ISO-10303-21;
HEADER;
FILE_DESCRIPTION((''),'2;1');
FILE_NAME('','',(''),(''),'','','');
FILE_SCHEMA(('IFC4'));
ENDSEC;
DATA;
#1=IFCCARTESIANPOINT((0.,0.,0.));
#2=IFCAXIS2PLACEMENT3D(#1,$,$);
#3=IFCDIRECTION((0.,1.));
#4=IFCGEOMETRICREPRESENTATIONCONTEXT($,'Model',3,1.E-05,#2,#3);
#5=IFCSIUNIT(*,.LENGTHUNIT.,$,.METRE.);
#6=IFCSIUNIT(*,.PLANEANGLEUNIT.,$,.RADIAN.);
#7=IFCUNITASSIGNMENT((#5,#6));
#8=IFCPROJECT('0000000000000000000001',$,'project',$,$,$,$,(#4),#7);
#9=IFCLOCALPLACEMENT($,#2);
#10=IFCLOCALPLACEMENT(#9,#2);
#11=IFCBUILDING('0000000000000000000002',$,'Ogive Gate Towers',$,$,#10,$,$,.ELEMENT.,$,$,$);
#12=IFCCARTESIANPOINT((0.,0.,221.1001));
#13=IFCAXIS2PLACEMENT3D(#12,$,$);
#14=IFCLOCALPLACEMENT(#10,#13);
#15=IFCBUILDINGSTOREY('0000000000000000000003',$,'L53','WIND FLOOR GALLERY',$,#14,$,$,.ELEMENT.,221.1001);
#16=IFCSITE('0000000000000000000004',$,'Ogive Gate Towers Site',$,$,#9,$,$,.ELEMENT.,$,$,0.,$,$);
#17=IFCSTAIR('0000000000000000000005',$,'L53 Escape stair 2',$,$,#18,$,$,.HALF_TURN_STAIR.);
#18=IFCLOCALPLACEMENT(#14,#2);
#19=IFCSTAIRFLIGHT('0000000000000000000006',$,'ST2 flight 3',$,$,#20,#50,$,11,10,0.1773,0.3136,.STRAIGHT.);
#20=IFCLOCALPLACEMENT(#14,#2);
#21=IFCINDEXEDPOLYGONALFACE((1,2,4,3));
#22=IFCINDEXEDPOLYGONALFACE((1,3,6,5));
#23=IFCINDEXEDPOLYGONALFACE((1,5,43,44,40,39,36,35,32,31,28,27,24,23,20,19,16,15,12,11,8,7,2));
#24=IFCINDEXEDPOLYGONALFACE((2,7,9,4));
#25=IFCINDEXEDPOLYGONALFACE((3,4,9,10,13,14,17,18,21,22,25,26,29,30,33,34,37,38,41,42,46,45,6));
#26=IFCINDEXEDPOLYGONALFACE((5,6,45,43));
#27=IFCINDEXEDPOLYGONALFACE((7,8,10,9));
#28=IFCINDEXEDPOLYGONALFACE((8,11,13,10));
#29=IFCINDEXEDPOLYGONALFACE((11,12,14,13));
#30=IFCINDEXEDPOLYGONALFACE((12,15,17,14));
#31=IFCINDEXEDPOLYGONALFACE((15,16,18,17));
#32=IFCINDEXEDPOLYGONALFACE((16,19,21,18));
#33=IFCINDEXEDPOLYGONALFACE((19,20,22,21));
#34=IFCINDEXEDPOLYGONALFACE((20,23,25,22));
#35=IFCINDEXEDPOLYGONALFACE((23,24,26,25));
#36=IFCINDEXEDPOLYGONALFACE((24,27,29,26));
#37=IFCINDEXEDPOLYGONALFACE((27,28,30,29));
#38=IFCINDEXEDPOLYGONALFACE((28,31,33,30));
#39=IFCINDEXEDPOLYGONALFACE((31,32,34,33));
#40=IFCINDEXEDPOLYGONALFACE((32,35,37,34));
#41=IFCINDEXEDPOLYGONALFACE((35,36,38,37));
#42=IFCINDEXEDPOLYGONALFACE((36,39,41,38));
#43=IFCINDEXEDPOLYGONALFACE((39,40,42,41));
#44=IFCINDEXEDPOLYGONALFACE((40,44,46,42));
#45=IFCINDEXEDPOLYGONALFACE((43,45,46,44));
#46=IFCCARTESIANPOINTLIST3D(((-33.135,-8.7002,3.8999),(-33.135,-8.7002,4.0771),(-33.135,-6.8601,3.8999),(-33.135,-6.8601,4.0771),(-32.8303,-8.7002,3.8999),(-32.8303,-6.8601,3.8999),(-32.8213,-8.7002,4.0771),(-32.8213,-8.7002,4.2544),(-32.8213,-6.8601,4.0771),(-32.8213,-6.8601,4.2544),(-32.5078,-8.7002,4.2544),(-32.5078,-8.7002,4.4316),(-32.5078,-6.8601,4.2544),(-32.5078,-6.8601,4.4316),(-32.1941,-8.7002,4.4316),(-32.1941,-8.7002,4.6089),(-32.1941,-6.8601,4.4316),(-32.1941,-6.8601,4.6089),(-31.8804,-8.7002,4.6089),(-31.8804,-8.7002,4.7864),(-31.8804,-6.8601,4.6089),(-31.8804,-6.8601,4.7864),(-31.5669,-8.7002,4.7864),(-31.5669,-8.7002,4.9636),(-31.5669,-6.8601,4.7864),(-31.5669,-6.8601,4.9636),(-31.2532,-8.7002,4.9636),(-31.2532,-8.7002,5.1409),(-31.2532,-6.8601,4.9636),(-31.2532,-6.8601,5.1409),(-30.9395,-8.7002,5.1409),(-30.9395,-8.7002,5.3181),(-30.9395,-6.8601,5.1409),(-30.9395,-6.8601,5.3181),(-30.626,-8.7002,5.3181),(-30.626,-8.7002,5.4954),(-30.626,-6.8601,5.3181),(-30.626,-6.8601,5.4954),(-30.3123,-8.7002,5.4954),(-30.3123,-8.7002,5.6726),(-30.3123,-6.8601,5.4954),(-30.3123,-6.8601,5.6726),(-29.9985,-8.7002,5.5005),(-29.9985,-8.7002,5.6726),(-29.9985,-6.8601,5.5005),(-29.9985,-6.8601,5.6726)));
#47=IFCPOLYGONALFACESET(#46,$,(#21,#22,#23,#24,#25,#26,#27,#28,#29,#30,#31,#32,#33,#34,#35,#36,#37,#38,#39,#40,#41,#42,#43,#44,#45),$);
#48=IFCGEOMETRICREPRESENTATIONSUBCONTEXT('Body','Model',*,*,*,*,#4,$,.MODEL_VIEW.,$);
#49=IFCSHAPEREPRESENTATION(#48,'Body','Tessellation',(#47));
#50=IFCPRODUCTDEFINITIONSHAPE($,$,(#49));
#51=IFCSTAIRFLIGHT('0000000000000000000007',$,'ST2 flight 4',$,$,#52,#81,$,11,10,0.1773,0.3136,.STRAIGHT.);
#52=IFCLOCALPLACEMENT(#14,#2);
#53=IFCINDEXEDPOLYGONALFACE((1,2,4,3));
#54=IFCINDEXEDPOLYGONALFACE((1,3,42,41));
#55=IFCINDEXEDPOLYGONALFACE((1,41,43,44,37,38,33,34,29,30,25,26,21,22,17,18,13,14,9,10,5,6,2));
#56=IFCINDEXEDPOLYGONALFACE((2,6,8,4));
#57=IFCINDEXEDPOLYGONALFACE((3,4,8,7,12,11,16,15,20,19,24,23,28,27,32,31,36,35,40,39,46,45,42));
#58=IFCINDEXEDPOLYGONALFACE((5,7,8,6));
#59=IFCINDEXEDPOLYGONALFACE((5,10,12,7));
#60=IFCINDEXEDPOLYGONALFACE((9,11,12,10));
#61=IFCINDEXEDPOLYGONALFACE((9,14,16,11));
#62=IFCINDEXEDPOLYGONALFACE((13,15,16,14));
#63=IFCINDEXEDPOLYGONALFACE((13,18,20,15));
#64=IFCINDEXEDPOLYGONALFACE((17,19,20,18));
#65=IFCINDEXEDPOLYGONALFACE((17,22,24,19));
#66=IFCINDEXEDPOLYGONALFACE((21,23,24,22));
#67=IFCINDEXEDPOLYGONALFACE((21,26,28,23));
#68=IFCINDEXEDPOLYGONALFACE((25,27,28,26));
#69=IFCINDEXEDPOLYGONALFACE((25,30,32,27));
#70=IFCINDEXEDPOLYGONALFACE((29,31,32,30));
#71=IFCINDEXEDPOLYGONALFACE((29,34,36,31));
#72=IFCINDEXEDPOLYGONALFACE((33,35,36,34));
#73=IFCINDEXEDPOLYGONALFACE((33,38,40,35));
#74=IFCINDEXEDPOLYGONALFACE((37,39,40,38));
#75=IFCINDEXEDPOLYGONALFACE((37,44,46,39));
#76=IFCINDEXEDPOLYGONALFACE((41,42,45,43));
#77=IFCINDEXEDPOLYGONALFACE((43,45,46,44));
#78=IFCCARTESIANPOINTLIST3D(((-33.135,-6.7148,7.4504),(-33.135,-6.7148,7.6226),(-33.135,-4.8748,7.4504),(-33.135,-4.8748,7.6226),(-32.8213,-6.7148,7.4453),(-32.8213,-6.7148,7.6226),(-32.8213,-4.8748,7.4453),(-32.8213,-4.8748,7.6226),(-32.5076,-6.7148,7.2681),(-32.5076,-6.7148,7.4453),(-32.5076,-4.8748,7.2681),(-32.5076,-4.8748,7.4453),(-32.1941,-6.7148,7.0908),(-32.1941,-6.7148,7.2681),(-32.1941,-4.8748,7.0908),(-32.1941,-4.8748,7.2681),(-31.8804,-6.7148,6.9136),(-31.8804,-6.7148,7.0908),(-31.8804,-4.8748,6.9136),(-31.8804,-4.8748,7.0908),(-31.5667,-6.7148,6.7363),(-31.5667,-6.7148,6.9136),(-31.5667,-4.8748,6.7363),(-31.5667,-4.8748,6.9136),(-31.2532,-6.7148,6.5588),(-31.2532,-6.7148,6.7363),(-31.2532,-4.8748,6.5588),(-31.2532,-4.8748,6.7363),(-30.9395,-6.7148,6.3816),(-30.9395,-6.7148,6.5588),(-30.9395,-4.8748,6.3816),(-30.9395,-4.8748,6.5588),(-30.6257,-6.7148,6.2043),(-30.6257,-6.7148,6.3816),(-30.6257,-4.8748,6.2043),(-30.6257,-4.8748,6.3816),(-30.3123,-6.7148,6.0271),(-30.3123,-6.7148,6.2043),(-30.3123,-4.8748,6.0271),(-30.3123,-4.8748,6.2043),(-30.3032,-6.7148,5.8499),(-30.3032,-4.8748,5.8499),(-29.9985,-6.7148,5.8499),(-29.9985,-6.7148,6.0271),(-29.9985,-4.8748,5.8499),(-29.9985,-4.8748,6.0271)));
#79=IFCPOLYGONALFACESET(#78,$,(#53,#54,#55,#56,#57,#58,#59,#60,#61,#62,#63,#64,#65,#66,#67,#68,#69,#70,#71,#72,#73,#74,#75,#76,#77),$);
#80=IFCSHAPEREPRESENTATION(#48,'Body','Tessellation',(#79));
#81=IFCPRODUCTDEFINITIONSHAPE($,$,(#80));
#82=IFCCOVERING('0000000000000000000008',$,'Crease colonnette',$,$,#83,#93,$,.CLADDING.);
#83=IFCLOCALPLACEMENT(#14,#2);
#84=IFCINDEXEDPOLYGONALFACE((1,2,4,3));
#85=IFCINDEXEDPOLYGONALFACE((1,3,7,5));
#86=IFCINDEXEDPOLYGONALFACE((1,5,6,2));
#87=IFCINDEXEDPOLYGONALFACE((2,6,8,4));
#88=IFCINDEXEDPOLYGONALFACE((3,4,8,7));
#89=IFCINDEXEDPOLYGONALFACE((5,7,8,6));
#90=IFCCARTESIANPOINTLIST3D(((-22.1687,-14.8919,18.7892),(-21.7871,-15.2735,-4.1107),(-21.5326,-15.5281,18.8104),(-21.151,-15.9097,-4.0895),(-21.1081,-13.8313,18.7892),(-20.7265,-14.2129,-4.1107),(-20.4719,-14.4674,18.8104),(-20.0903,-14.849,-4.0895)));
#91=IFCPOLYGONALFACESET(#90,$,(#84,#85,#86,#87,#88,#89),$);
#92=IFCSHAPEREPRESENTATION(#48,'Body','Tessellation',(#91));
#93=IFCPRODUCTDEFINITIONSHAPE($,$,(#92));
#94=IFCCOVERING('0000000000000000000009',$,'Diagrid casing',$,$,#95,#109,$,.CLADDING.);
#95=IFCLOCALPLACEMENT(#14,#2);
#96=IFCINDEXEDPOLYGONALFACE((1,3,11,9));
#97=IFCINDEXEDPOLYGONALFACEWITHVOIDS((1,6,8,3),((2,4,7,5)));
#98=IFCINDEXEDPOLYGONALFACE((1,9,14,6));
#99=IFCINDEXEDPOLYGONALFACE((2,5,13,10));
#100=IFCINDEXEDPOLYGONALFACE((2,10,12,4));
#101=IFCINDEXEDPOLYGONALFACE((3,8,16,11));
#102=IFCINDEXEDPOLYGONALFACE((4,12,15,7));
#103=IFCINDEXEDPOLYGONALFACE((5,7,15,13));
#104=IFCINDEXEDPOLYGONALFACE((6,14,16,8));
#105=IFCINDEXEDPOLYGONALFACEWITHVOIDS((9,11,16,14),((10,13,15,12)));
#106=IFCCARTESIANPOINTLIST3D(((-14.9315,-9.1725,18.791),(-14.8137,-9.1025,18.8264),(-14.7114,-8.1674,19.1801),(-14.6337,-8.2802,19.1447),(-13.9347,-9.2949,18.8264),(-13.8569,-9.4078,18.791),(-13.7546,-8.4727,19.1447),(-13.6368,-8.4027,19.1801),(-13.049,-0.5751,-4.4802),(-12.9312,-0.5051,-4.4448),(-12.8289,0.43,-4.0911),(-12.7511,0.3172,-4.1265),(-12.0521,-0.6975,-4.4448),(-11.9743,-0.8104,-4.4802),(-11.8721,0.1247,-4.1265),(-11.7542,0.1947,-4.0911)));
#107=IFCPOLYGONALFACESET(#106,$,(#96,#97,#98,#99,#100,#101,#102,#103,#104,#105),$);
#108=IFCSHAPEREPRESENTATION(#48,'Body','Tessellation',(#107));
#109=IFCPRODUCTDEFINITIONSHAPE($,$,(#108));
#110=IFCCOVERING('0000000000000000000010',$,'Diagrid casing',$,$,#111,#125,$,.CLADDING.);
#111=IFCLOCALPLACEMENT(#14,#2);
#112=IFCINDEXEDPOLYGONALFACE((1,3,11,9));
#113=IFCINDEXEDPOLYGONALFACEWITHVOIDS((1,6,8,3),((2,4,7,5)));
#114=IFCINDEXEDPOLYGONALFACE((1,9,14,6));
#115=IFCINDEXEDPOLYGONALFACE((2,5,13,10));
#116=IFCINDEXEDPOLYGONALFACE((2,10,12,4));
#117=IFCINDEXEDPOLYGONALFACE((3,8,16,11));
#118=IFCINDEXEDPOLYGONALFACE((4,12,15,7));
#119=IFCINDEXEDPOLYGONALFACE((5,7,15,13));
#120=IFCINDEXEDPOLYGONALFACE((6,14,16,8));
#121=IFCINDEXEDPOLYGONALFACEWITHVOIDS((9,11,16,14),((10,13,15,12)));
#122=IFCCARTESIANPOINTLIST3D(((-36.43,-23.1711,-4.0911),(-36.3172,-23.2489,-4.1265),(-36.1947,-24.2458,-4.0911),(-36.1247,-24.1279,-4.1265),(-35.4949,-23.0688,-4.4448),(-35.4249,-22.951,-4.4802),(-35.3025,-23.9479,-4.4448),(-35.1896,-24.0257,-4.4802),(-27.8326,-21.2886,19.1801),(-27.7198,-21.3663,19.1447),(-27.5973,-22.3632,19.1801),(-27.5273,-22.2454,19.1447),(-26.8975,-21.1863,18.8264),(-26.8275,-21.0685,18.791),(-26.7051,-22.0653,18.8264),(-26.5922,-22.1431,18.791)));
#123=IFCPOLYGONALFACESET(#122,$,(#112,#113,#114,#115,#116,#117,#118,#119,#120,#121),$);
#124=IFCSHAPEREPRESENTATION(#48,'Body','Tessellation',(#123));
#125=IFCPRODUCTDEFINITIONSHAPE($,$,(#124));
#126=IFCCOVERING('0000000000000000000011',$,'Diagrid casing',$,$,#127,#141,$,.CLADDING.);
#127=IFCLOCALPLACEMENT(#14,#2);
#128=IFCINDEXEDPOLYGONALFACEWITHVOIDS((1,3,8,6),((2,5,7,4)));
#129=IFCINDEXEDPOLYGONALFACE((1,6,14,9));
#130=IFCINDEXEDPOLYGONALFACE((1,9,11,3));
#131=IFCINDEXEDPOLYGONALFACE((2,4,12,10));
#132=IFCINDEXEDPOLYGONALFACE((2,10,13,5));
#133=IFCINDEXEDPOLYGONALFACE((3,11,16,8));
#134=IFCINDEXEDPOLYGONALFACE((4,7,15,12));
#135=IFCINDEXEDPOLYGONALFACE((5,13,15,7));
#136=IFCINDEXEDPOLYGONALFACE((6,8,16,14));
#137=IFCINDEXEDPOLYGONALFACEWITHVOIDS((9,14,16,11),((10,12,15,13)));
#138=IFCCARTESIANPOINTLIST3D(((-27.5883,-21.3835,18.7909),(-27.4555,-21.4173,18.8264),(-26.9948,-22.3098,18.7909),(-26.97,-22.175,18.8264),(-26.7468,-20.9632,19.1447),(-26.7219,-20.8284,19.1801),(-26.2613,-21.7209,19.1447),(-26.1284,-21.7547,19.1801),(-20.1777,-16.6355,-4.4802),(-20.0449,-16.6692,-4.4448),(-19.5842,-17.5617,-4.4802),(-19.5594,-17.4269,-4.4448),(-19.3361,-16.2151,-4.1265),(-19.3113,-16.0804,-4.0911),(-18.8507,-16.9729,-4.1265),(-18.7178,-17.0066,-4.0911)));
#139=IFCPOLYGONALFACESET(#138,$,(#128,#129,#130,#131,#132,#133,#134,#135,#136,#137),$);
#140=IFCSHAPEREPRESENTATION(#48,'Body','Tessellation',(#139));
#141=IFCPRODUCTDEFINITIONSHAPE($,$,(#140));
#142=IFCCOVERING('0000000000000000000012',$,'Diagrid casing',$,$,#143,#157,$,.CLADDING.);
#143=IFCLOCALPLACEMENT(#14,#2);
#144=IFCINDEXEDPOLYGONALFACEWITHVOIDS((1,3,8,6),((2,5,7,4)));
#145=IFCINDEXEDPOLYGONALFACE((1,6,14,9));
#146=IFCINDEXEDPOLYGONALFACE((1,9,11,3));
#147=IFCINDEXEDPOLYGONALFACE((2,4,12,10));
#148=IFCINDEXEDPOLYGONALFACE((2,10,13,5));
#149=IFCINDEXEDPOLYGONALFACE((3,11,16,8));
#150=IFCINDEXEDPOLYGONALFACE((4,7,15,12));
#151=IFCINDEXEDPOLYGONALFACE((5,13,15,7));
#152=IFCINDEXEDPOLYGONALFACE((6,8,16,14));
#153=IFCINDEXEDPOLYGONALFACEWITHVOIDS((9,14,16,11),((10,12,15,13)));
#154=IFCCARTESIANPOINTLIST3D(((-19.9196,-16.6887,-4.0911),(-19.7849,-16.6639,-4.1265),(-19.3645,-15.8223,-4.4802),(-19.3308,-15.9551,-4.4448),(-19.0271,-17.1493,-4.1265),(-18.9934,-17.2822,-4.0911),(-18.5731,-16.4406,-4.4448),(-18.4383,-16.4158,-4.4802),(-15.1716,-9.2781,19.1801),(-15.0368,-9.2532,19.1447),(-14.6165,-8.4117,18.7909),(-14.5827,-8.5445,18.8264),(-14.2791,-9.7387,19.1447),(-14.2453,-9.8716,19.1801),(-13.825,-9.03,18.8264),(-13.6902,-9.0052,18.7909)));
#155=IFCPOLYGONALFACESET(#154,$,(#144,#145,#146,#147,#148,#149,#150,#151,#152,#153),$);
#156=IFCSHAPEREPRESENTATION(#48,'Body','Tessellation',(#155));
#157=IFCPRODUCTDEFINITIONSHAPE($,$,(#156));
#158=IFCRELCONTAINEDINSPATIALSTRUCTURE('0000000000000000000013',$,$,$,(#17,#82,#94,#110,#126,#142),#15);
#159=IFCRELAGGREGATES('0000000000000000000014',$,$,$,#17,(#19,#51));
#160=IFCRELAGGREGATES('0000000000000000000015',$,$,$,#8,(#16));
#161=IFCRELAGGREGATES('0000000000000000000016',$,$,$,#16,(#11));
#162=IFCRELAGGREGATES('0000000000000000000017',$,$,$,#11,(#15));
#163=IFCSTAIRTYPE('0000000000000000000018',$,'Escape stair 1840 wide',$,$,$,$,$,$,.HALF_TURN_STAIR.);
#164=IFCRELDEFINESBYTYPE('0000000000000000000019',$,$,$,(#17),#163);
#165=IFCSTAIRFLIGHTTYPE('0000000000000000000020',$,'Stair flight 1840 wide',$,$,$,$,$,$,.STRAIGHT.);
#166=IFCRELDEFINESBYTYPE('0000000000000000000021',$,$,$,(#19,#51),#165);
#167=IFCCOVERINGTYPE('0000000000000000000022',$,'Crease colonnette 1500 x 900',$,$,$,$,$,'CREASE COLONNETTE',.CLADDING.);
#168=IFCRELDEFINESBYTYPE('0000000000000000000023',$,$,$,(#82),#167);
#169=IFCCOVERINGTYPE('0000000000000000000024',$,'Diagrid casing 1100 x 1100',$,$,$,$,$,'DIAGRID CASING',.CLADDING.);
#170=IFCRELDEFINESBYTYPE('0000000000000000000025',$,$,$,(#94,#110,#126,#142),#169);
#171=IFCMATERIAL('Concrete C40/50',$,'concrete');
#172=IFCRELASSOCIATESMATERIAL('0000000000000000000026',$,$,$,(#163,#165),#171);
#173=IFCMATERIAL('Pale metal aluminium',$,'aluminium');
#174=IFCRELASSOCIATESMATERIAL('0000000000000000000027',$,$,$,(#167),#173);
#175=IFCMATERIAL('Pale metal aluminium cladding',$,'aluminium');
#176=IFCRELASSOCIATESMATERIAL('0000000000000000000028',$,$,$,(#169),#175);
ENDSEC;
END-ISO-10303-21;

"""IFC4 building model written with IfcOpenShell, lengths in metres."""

from ifc_helpers import new_model, si_unit, direction, frame, origin, origin_2d, place, context, subcontext, project, spatial, polyline, rectangle, hollow_rectangle, outline, extrude, material, material_profile, profile_set, type_object, element, aggregate, save


model = new_model("IFC4")

# Units and contexts
model_context = context("Model", 3, precision=1e-05, world=origin(), true_north=direction((0.0, 1.0)))
body_context = subcontext(model_context, "Body", "Model", "MODEL_VIEW")
ifc_project = project(units=[si_unit("LENGTHUNIT", "METRE"), si_unit("PLANEANGLEUNIT", "RADIAN")], contexts=[model_context])

# Site, building, storey
site_placement = place(None, origin())
site = spatial("IfcSite", under=ifc_project, at=site_placement, Name="Ogive Gate Towers Site", CompositionType="ELEMENT", RefElevation=0.0)
building_placement = place(site_placement, origin())
building = spatial("IfcBuilding", under=site, at=building_placement, Name="Ogive Gate Towers", CompositionType="ELEMENT")
storey_placement = place(building_placement, frame((0.0, 0.0, 221.1001)))
storey = spatial("IfcBuildingStorey", under=building, at=storey_placement, Name="L53", Description="WIND FLOOR GALLERY", CompositionType="ELEMENT", Elevation=221.1001)

# Shared definitions
ifc_material_1 = material(Name="Concrete C40/50", Category="concrete")

# Stair, stair flights
stair_type = type_object("IfcStairType", Name="Escape stair 1840 wide", PredefinedType="HALF_TURN_STAIR", material=ifc_material_1)
stair_placement = place(storey_placement, origin())
stair = element("IfcStair", 1, at=stair_placement, inside=storey, type_object=stair_type, Name="L53 Escape stair 2", PredefinedType="HALF_TURN_STAIR")
stair_flight_type = type_object("IfcStairFlightType", Name="Stair flight 1840 wide", PredefinedType="STRAIGHT", material=ifc_material_1)
stair_flight_1_placement = place(storey_placement, frame((-33.135, -7.78, 3.8999), z_axis=(0.0, 0.0, 1.0), x_axis=(1.0, 0.0, 0.0)))
stair_flight_1 = element("IfcStairFlight", 2, at=stair_flight_1_placement, type_object=stair_flight_type, Name="ST2 flight 3", NumberOfRisers=11, NumberOfTreads=10, PredefinedType="STRAIGHT", RiserHeight=0.1773, TreadLength=0.3136, context=body_context, shape_type="SweptSolid", body=[
    extrude(outline(polyline([(0.0, 0.0), (0.0, 0.1772), (0.3137, 0.1772), (0.3137, 0.3545), (0.6272, 0.3545), (0.6272, 0.5317), (0.9409, 0.5317), (0.9409, 0.709), (1.2546, 0.709), (1.2546, 0.8865), (1.5681, 0.8865), (1.5681, 1.0637), (1.8818, 1.0637), (1.8818, 1.241), (2.1956, 1.241), (2.1956, 1.4182), (2.509, 1.4182), (2.509, 1.5955), (2.8228, 1.5955), (2.8228, 1.7727), (3.1365, 1.7727), (3.1365, 1.95), (3.1365, 1.6006), (0.3047, 0.0), (0.0, 0.0)])), frame((0.0, 0.9199, 0.0), z_axis=(0.0, -1.0, 0.0), x_axis=(1.0, 0.0, 0.0)), (0.0, 0.0, 1.0), 1.8401),
])
stair_flight_2_placement = place(storey_placement, frame((-29.9985, -5.7949, 5.8499), z_axis=(0.0, 0.0, 1.0), x_axis=(-1.0, 0.0, 0.0)))
stair_flight_2 = element("IfcStairFlight", 3, at=stair_flight_2_placement, type_object=stair_flight_type, Name="ST2 flight 4", NumberOfRisers=11, NumberOfTreads=10, PredefinedType="STRAIGHT", RiserHeight=0.1773, TreadLength=0.3136, context=body_context, shape_type="SweptSolid", body=[
    extrude(outline(polyline([(0.0, 0.0), (0.0, 0.1772), (0.3137, 0.1772), (0.3137, 0.3545), (0.6272, 0.3545), (0.6272, 0.5317), (0.9409, 0.5317), (0.9409, 0.709), (1.2546, 0.709), (1.2546, 0.8865), (1.5681, 0.8865), (1.5681, 1.0637), (1.8818, 1.0637), (1.8818, 1.241), (2.1956, 1.241), (2.1956, 1.4182), (2.509, 1.4182), (2.509, 1.5955), (2.8228, 1.5955), (2.8228, 1.7727), (3.1365, 1.7727), (3.1365, 1.95), (3.1365, 1.6006), (0.3047, 0.0), (0.0, 0.0)])), frame((0.0, 0.9199, 0.0), z_axis=(0.0, -1.0, 0.0), x_axis=(1.0, 0.0, 0.0)), (0.0, 0.0, 1.0), 1.8401),
])
aggregate(stair, [stair_flight_1, stair_flight_2])

# Coverings
ifc_material_2 = material(Name="Pale metal aluminium", Category="aluminium")
ifc_material_profile_1 = material_profile(ifc_material_2, rectangle(XDim=1.5, YDim=0.8999, at=origin_2d()), Name="1500 x 900 pale metal aluminium")
ifc_profile_set_1 = profile_set([ifc_material_profile_1], Name="Pale metal aluminium")
covering_type_1 = type_object("IfcCoveringType", Name="Crease colonnette 1500 x 900", ElementType="CREASE COLONNETTE", PredefinedType="CLADDING", material=ifc_profile_set_1)
covering_placement = place(storey_placement, frame((-20.9387, -15.0613, -4.1001), z_axis=(-0.016659, 0.016659, 0.999722), x_axis=(-0.707107, -0.707107, 0.0)))
element("IfcCovering", 4, at=covering_placement, inside=storey, type_object=covering_type_1, Name="Crease colonnette", PredefinedType="CLADDING", context=body_context, shape_type="SweptSolid", body=[
    extrude(rectangle(XDim=1.5, YDim=0.8999, at=origin_2d()), origin(), (0.0, 0.0, 1.0), 22.9062),
])
ifc_material_3 = material(Name="Pale metal aluminium cladding", Category="aluminium")
ifc_material_profile_2 = material_profile(ifc_material_3, hollow_rectangle(XDim=1.1001, YDim=1.1001, WallThickness=0.1001, at=origin_2d()), Name="1100 x 1100 pale metal casing")
ifc_profile_set_2 = profile_set([ifc_material_profile_2], Name="Pale metal aluminium cladding")
covering_type_2 = type_object("IfcCoveringType", Name="Diagrid casing 1100 x 1100", ElementType="DIAGRID CASING", PredefinedType="CLADDING", material=ifc_profile_set_2)
for number, where, z_axis, x_axis, name in (
    (5, (-12.4016, -0.1902, -4.2856), (-0.075666, -0.345556, 0.935342), (0.976855, -0.213901, 0.0), "Diagrid casing"),
    (6, (-35.8098, -23.5984, -4.2856), (0.345556, 0.075666, 0.935342), (-0.213901, 0.976855, 0.0), "Diagrid casing"),
    (7, (-19.4478, -16.821, -4.2856), (-0.297856, -0.190838, 0.935341), (0.539476, -0.842001, 0.0), "Diagrid casing"),
    (8, (-19.179, -16.5522, -4.2856), (0.190838, 0.297856, 0.935341), (-0.842001, 0.539476, 0.0), "Diagrid casing"),
):
    element("IfcCovering", number, at=place(storey_placement, frame(where, z_axis=z_axis, x_axis=x_axis)), inside=storey, type_object=covering_type_2, Name=name, PredefinedType="CLADDING", context=body_context, shape_type="SweptSolid", body=[
        extrude(hollow_rectangle(XDim=1.1001, YDim=1.1001, WallThickness=0.1001, at=origin_2d()), origin(), (0.0, 0.0, 1.0), 24.8799),
    ])

save(model, "model.ifc")
